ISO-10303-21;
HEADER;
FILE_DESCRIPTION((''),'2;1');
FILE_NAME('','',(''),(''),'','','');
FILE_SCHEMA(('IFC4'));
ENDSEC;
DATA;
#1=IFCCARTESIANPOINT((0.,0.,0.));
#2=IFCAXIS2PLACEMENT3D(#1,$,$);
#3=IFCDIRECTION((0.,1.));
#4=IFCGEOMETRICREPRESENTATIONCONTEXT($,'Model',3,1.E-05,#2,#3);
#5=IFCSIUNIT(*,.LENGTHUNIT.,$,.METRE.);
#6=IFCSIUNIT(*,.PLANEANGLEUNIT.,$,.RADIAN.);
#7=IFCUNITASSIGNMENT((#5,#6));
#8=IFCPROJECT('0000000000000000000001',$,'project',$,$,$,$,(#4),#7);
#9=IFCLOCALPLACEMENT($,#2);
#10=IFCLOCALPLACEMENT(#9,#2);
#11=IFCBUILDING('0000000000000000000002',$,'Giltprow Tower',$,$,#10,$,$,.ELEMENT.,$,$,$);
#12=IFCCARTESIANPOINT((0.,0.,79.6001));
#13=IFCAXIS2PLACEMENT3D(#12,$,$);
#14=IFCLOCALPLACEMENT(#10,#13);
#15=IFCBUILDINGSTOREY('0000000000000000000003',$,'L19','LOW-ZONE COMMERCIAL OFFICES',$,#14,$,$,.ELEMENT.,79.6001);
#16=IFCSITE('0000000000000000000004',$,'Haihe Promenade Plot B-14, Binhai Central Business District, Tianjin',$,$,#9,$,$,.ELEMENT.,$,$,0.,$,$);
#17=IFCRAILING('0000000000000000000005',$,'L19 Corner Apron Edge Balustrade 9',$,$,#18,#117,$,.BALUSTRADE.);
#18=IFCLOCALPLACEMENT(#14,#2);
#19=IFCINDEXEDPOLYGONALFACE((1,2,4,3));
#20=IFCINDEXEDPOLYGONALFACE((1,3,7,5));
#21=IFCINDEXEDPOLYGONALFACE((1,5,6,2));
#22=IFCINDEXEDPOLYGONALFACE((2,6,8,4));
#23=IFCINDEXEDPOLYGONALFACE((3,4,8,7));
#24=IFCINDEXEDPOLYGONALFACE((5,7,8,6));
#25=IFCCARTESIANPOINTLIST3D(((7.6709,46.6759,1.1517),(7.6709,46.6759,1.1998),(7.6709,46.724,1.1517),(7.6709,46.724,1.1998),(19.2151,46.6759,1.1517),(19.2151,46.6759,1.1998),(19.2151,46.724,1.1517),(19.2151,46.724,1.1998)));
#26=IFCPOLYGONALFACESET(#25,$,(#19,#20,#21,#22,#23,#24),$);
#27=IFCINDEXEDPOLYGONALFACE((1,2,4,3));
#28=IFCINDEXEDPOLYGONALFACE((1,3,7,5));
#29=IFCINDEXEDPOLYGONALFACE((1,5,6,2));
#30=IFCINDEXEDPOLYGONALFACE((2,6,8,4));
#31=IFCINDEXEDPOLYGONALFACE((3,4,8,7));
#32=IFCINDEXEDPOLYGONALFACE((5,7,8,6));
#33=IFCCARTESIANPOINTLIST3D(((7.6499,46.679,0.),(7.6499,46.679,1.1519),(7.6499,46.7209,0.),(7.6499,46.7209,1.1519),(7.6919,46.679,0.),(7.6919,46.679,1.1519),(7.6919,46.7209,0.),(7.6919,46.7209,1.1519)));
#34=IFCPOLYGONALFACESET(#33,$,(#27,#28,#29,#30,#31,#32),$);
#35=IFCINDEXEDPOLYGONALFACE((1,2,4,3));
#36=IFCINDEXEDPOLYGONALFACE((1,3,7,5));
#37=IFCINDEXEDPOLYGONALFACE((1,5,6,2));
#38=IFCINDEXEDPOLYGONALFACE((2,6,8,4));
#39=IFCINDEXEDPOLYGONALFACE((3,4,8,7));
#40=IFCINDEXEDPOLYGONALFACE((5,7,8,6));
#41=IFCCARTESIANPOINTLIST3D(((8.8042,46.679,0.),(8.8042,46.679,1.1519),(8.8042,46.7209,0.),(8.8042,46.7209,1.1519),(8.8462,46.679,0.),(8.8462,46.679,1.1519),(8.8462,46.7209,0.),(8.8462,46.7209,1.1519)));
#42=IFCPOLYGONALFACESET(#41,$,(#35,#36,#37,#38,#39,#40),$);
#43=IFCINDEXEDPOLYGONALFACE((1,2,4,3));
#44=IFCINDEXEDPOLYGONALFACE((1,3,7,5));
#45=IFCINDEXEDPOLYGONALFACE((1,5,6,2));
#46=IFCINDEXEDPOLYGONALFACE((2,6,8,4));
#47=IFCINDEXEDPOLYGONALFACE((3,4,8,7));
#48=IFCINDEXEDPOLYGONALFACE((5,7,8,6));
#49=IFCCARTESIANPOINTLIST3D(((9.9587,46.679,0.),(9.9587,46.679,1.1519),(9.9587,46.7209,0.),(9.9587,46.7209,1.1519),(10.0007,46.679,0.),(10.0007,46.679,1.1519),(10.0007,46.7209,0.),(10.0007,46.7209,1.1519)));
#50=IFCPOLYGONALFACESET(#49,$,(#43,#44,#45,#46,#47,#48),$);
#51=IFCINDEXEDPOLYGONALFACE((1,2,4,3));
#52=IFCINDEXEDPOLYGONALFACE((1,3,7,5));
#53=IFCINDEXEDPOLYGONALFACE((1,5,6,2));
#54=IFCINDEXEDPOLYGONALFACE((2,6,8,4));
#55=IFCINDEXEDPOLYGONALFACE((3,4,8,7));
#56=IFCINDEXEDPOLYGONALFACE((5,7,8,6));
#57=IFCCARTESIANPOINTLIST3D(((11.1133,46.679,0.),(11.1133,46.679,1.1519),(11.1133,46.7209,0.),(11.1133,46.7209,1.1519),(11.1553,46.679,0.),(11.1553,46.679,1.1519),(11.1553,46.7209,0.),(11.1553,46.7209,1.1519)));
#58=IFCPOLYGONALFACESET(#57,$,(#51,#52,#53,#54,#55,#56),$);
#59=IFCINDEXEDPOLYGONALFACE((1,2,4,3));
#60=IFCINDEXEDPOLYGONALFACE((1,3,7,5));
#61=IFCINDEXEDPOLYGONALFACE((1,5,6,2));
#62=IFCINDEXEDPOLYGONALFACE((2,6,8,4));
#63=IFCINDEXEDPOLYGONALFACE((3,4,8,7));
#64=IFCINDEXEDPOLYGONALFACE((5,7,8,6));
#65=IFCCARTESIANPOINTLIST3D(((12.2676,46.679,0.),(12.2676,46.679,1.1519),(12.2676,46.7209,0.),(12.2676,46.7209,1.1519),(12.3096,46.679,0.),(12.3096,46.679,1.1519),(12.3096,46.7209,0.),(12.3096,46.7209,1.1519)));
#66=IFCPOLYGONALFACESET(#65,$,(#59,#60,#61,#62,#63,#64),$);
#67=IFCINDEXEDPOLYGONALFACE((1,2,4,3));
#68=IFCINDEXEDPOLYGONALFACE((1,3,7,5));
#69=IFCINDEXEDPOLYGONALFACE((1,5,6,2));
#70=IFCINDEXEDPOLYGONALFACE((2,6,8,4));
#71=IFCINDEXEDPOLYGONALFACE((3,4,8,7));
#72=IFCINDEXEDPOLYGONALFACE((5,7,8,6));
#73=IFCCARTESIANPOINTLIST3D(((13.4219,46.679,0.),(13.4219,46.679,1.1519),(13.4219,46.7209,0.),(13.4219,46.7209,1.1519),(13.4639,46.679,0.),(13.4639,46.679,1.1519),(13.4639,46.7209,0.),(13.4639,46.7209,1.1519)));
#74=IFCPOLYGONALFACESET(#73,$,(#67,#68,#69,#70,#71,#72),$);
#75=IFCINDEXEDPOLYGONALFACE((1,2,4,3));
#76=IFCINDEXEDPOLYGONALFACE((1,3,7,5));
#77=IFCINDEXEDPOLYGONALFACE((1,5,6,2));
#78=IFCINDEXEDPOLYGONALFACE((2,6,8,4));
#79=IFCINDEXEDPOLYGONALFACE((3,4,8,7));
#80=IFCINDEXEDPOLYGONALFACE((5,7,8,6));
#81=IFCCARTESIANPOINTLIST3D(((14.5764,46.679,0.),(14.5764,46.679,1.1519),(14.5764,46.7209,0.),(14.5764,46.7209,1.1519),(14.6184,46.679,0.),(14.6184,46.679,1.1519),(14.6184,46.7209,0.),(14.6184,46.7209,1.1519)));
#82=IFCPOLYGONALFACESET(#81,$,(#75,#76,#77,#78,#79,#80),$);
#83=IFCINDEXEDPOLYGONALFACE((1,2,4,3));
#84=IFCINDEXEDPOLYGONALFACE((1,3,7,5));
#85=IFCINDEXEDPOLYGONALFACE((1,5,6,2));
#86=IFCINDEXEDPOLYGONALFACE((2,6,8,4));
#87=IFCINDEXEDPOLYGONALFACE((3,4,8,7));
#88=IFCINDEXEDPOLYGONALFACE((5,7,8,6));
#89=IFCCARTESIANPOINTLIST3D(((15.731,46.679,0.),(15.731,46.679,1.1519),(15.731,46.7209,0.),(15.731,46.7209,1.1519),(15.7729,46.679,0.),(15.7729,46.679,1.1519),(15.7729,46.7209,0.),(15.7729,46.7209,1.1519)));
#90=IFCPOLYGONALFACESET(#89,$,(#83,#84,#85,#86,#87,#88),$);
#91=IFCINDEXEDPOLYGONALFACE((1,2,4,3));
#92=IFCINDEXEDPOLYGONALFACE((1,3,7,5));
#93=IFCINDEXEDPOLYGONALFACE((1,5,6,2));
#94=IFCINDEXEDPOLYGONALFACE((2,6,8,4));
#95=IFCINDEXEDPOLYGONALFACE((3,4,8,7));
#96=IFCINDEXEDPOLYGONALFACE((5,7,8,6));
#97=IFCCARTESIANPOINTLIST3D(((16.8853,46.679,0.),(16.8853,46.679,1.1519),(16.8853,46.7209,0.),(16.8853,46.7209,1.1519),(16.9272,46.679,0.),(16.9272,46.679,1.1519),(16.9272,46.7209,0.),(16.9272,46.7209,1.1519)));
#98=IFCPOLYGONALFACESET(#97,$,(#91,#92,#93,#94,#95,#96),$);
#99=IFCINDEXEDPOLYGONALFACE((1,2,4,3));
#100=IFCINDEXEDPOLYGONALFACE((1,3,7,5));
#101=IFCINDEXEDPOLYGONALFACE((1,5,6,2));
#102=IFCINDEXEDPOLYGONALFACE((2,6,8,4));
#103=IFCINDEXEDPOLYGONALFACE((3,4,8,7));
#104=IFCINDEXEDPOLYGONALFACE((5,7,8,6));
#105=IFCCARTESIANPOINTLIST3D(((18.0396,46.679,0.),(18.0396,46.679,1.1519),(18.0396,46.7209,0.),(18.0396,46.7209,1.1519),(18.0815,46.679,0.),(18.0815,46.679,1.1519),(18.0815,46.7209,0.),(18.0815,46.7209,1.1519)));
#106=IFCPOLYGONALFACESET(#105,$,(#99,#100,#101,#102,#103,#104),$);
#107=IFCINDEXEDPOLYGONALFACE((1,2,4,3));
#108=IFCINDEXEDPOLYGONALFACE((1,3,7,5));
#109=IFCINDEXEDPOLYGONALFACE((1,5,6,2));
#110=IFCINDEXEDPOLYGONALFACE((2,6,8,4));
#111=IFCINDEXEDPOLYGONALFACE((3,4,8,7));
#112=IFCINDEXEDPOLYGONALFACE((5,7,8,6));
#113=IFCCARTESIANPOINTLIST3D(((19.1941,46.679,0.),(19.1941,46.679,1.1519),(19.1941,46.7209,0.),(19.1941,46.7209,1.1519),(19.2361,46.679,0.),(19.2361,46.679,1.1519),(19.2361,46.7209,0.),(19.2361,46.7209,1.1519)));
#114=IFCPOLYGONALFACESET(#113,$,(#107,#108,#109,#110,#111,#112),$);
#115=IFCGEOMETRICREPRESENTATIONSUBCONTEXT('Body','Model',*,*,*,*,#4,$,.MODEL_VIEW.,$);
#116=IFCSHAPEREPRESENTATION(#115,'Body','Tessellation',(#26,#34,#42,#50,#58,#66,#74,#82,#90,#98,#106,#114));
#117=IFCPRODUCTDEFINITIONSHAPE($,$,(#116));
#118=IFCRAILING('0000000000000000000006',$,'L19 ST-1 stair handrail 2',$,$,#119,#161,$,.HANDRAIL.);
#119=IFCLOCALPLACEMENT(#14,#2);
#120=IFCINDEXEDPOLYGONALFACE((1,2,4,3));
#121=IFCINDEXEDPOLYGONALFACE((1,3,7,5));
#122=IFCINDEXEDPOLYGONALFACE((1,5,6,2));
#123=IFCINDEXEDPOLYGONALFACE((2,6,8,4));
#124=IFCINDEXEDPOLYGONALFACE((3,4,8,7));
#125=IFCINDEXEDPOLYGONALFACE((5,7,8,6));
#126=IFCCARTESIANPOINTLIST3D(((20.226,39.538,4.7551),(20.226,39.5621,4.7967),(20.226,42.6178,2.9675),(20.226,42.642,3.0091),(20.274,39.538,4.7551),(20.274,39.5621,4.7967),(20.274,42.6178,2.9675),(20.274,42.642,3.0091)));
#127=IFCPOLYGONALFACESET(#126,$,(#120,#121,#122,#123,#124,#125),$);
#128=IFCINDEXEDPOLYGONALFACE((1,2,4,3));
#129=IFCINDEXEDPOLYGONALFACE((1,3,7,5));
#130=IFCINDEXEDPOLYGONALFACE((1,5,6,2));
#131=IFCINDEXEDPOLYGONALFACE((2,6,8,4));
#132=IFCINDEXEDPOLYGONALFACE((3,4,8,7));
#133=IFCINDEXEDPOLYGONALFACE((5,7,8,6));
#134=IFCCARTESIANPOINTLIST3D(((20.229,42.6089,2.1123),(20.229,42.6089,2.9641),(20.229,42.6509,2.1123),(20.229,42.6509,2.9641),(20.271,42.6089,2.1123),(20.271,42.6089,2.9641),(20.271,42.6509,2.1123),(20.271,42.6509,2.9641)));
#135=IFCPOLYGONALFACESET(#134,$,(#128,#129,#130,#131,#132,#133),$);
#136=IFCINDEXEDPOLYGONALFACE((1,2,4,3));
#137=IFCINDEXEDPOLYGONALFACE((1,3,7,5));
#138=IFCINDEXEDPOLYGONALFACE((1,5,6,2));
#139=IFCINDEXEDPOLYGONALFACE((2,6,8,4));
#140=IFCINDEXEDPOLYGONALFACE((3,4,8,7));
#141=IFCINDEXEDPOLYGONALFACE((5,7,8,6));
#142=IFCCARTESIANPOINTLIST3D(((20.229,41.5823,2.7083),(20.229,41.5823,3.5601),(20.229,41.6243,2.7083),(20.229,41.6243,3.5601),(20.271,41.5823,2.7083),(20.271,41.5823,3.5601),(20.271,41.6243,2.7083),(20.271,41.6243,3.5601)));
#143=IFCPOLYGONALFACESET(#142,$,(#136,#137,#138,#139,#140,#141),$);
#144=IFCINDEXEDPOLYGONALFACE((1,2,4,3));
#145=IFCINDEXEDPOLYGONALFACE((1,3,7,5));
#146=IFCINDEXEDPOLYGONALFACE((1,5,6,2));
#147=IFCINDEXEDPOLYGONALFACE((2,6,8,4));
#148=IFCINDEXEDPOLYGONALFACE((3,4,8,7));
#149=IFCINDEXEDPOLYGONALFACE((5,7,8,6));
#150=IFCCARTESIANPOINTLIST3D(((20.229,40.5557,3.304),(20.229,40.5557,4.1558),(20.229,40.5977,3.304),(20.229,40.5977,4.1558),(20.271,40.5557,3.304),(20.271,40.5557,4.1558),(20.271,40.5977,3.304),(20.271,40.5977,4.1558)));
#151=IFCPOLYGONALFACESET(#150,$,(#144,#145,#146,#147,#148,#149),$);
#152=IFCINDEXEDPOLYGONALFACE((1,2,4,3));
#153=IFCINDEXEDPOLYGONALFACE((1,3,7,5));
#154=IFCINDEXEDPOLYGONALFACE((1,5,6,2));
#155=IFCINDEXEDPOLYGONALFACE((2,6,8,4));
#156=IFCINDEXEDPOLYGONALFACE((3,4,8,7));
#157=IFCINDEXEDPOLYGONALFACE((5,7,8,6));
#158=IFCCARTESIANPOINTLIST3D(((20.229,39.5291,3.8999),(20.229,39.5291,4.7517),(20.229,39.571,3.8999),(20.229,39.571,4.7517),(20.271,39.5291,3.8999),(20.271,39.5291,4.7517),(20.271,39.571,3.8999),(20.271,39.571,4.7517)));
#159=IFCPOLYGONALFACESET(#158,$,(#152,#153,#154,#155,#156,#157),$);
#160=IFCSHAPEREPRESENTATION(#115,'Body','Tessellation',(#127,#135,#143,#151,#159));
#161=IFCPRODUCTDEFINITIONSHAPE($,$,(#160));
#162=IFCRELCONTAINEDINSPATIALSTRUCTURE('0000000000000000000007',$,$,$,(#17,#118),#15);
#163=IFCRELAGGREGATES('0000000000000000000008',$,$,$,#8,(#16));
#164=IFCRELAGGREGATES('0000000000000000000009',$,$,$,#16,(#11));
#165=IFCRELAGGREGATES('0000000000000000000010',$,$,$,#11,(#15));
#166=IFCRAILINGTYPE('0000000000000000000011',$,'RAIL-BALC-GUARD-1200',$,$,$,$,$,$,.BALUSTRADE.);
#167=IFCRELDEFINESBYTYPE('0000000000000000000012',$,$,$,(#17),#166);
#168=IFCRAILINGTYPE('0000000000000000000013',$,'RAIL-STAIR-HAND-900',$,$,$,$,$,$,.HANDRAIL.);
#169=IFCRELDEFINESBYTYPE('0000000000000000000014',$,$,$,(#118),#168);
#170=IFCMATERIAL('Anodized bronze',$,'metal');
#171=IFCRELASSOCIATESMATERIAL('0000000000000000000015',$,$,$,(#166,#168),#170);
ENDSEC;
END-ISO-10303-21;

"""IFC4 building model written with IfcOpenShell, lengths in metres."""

from ifc_helpers import new_model, si_unit, direction, frame, origin, origin_2d, place, context, subcontext, project, spatial, rectangle, extrude, material, type_object, element, save


model = new_model("IFC4")

# Units and contexts
model_context = context("Model", 3, precision=1e-05, world=origin(), true_north=direction((0.0, 1.0)))
body_context = subcontext(model_context, "Body", "Model", "MODEL_VIEW")
ifc_project = project(units=[si_unit("LENGTHUNIT", "METRE"), si_unit("PLANEANGLEUNIT", "RADIAN")], contexts=[model_context])

# Site, building, storey
site_placement = place(None, origin())
site = spatial("IfcSite", under=ifc_project, at=site_placement, Name="Haihe Promenade Plot B-14, Binhai Central Business District, Tianjin", CompositionType="ELEMENT", RefElevation=0.0)
building_placement = place(site_placement, origin())
building = spatial("IfcBuilding", under=site, at=building_placement, Name="Giltprow Tower", CompositionType="ELEMENT")
storey_placement = place(building_placement, frame((0.0, 0.0, 79.6001)))
storey = spatial("IfcBuildingStorey", under=building, at=storey_placement, Name="L19", Description="LOW-ZONE COMMERCIAL OFFICES", CompositionType="ELEMENT", Elevation=79.6001)

# Railings
ifc_material_1 = material(Name="Anodized bronze", Category="metal")
railing_type_1 = type_object("IfcRailingType", Name="RAIL-BALC-GUARD-1200", PredefinedType="BALUSTRADE", material=ifc_material_1)
railing_1_placement = place(storey_placement, frame((7.6709, 46.7, 0.0)))
element("IfcRailing", 1, at=railing_1_placement, inside=storey, type_object=railing_type_1, Name="L19 Corner Apron Edge Balustrade 9", PredefinedType="BALUSTRADE", context=body_context, shape_type="SweptSolid", body=[
    extrude(rectangle(XDim=0.0481, YDim=0.0481, at=origin_2d()), frame((0.0, 0.0, 1.1758), z_axis=(1.0, 0.0, 0.0), x_axis=(0.0, 1.0, 0.0)), (0.0, 0.0, 1.0), 11.5442),
    extrude(rectangle(XDim=0.042, YDim=0.042, at=origin_2d()), origin(), (0.0, 0.0, 1.0), 1.1519),
    extrude(rectangle(XDim=0.042, YDim=0.042, at=origin_2d()), frame((1.1543, 0.0, 0.0)), (0.0, 0.0, 1.0), 1.1519),
    extrude(rectangle(XDim=0.042, YDim=0.042, at=origin_2d()), frame((2.3088, 0.0, 0.0)), (0.0, 0.0, 1.0), 1.1519),
    extrude(rectangle(XDim=0.042, YDim=0.042, at=origin_2d()), frame((3.4634, 0.0, 0.0)), (0.0, 0.0, 1.0), 1.1519),
    extrude(rectangle(XDim=0.042, YDim=0.042, at=origin_2d()), frame((4.6177, 0.0, 0.0)), (0.0, 0.0, 1.0), 1.1519),
    extrude(rectangle(XDim=0.042, YDim=0.042, at=origin_2d()), frame((5.772, 0.0, 0.0)), (0.0, 0.0, 1.0), 1.1519),
    extrude(rectangle(XDim=0.042, YDim=0.042, at=origin_2d()), frame((6.9265, 0.0, 0.0)), (0.0, 0.0, 1.0), 1.1519),
    extrude(rectangle(XDim=0.042, YDim=0.042, at=origin_2d()), frame((8.0811, 0.0, 0.0)), (0.0, 0.0, 1.0), 1.1519),
    extrude(rectangle(XDim=0.042, YDim=0.042, at=origin_2d()), frame((9.2354, 0.0, 0.0)), (0.0, 0.0, 1.0), 1.1519),
    extrude(rectangle(XDim=0.042, YDim=0.042, at=origin_2d()), frame((10.3896, 0.0, 0.0)), (0.0, 0.0, 1.0), 1.1519),
    extrude(rectangle(XDim=0.042, YDim=0.042, at=origin_2d()), frame((11.5442, 0.0, 0.0)), (0.0, 0.0, 1.0), 1.1519),
])
railing_type_2 = type_object("IfcRailingType", Name="RAIL-STAIR-HAND-900", PredefinedType="HANDRAIL", material=ifc_material_1)
railing_2_placement = place(storey_placement, frame((20.25, 42.6299, 2.1123)))
element("IfcRailing", 2, at=railing_2_placement, inside=storey, type_object=railing_type_2, Name="L19 ST-1 stair handrail 2", PredefinedType="HANDRAIL", context=body_context, shape_type="SweptSolid", body=[
    extrude(rectangle(XDim=0.0481, YDim=0.0481, at=origin_2d()), frame((0.0, 0.0, 0.876), z_axis=(0.0, -0.864873, 0.50199), x_axis=(1.0, 0.0, 0.0)), (0.0, 0.0, 1.0), 3.561),
    extrude(rectangle(XDim=0.042, YDim=0.042, at=origin_2d()), origin(), (0.0, 0.0, 1.0), 0.8518),
    extrude(rectangle(XDim=0.042, YDim=0.042, at=origin_2d()), frame((0.0, -1.0266, 0.5959)), (0.0, 0.0, 1.0), 0.8518),
    extrude(rectangle(XDim=0.042, YDim=0.042, at=origin_2d()), frame((0.0, -2.0532, 1.1917)), (0.0, 0.0, 1.0), 0.8518),
    extrude(rectangle(XDim=0.042, YDim=0.042, at=origin_2d()), frame((0.0, -3.0798, 1.7876)), (0.0, 0.0, 1.0), 0.8518),
])

save(model, "model.ifc")
